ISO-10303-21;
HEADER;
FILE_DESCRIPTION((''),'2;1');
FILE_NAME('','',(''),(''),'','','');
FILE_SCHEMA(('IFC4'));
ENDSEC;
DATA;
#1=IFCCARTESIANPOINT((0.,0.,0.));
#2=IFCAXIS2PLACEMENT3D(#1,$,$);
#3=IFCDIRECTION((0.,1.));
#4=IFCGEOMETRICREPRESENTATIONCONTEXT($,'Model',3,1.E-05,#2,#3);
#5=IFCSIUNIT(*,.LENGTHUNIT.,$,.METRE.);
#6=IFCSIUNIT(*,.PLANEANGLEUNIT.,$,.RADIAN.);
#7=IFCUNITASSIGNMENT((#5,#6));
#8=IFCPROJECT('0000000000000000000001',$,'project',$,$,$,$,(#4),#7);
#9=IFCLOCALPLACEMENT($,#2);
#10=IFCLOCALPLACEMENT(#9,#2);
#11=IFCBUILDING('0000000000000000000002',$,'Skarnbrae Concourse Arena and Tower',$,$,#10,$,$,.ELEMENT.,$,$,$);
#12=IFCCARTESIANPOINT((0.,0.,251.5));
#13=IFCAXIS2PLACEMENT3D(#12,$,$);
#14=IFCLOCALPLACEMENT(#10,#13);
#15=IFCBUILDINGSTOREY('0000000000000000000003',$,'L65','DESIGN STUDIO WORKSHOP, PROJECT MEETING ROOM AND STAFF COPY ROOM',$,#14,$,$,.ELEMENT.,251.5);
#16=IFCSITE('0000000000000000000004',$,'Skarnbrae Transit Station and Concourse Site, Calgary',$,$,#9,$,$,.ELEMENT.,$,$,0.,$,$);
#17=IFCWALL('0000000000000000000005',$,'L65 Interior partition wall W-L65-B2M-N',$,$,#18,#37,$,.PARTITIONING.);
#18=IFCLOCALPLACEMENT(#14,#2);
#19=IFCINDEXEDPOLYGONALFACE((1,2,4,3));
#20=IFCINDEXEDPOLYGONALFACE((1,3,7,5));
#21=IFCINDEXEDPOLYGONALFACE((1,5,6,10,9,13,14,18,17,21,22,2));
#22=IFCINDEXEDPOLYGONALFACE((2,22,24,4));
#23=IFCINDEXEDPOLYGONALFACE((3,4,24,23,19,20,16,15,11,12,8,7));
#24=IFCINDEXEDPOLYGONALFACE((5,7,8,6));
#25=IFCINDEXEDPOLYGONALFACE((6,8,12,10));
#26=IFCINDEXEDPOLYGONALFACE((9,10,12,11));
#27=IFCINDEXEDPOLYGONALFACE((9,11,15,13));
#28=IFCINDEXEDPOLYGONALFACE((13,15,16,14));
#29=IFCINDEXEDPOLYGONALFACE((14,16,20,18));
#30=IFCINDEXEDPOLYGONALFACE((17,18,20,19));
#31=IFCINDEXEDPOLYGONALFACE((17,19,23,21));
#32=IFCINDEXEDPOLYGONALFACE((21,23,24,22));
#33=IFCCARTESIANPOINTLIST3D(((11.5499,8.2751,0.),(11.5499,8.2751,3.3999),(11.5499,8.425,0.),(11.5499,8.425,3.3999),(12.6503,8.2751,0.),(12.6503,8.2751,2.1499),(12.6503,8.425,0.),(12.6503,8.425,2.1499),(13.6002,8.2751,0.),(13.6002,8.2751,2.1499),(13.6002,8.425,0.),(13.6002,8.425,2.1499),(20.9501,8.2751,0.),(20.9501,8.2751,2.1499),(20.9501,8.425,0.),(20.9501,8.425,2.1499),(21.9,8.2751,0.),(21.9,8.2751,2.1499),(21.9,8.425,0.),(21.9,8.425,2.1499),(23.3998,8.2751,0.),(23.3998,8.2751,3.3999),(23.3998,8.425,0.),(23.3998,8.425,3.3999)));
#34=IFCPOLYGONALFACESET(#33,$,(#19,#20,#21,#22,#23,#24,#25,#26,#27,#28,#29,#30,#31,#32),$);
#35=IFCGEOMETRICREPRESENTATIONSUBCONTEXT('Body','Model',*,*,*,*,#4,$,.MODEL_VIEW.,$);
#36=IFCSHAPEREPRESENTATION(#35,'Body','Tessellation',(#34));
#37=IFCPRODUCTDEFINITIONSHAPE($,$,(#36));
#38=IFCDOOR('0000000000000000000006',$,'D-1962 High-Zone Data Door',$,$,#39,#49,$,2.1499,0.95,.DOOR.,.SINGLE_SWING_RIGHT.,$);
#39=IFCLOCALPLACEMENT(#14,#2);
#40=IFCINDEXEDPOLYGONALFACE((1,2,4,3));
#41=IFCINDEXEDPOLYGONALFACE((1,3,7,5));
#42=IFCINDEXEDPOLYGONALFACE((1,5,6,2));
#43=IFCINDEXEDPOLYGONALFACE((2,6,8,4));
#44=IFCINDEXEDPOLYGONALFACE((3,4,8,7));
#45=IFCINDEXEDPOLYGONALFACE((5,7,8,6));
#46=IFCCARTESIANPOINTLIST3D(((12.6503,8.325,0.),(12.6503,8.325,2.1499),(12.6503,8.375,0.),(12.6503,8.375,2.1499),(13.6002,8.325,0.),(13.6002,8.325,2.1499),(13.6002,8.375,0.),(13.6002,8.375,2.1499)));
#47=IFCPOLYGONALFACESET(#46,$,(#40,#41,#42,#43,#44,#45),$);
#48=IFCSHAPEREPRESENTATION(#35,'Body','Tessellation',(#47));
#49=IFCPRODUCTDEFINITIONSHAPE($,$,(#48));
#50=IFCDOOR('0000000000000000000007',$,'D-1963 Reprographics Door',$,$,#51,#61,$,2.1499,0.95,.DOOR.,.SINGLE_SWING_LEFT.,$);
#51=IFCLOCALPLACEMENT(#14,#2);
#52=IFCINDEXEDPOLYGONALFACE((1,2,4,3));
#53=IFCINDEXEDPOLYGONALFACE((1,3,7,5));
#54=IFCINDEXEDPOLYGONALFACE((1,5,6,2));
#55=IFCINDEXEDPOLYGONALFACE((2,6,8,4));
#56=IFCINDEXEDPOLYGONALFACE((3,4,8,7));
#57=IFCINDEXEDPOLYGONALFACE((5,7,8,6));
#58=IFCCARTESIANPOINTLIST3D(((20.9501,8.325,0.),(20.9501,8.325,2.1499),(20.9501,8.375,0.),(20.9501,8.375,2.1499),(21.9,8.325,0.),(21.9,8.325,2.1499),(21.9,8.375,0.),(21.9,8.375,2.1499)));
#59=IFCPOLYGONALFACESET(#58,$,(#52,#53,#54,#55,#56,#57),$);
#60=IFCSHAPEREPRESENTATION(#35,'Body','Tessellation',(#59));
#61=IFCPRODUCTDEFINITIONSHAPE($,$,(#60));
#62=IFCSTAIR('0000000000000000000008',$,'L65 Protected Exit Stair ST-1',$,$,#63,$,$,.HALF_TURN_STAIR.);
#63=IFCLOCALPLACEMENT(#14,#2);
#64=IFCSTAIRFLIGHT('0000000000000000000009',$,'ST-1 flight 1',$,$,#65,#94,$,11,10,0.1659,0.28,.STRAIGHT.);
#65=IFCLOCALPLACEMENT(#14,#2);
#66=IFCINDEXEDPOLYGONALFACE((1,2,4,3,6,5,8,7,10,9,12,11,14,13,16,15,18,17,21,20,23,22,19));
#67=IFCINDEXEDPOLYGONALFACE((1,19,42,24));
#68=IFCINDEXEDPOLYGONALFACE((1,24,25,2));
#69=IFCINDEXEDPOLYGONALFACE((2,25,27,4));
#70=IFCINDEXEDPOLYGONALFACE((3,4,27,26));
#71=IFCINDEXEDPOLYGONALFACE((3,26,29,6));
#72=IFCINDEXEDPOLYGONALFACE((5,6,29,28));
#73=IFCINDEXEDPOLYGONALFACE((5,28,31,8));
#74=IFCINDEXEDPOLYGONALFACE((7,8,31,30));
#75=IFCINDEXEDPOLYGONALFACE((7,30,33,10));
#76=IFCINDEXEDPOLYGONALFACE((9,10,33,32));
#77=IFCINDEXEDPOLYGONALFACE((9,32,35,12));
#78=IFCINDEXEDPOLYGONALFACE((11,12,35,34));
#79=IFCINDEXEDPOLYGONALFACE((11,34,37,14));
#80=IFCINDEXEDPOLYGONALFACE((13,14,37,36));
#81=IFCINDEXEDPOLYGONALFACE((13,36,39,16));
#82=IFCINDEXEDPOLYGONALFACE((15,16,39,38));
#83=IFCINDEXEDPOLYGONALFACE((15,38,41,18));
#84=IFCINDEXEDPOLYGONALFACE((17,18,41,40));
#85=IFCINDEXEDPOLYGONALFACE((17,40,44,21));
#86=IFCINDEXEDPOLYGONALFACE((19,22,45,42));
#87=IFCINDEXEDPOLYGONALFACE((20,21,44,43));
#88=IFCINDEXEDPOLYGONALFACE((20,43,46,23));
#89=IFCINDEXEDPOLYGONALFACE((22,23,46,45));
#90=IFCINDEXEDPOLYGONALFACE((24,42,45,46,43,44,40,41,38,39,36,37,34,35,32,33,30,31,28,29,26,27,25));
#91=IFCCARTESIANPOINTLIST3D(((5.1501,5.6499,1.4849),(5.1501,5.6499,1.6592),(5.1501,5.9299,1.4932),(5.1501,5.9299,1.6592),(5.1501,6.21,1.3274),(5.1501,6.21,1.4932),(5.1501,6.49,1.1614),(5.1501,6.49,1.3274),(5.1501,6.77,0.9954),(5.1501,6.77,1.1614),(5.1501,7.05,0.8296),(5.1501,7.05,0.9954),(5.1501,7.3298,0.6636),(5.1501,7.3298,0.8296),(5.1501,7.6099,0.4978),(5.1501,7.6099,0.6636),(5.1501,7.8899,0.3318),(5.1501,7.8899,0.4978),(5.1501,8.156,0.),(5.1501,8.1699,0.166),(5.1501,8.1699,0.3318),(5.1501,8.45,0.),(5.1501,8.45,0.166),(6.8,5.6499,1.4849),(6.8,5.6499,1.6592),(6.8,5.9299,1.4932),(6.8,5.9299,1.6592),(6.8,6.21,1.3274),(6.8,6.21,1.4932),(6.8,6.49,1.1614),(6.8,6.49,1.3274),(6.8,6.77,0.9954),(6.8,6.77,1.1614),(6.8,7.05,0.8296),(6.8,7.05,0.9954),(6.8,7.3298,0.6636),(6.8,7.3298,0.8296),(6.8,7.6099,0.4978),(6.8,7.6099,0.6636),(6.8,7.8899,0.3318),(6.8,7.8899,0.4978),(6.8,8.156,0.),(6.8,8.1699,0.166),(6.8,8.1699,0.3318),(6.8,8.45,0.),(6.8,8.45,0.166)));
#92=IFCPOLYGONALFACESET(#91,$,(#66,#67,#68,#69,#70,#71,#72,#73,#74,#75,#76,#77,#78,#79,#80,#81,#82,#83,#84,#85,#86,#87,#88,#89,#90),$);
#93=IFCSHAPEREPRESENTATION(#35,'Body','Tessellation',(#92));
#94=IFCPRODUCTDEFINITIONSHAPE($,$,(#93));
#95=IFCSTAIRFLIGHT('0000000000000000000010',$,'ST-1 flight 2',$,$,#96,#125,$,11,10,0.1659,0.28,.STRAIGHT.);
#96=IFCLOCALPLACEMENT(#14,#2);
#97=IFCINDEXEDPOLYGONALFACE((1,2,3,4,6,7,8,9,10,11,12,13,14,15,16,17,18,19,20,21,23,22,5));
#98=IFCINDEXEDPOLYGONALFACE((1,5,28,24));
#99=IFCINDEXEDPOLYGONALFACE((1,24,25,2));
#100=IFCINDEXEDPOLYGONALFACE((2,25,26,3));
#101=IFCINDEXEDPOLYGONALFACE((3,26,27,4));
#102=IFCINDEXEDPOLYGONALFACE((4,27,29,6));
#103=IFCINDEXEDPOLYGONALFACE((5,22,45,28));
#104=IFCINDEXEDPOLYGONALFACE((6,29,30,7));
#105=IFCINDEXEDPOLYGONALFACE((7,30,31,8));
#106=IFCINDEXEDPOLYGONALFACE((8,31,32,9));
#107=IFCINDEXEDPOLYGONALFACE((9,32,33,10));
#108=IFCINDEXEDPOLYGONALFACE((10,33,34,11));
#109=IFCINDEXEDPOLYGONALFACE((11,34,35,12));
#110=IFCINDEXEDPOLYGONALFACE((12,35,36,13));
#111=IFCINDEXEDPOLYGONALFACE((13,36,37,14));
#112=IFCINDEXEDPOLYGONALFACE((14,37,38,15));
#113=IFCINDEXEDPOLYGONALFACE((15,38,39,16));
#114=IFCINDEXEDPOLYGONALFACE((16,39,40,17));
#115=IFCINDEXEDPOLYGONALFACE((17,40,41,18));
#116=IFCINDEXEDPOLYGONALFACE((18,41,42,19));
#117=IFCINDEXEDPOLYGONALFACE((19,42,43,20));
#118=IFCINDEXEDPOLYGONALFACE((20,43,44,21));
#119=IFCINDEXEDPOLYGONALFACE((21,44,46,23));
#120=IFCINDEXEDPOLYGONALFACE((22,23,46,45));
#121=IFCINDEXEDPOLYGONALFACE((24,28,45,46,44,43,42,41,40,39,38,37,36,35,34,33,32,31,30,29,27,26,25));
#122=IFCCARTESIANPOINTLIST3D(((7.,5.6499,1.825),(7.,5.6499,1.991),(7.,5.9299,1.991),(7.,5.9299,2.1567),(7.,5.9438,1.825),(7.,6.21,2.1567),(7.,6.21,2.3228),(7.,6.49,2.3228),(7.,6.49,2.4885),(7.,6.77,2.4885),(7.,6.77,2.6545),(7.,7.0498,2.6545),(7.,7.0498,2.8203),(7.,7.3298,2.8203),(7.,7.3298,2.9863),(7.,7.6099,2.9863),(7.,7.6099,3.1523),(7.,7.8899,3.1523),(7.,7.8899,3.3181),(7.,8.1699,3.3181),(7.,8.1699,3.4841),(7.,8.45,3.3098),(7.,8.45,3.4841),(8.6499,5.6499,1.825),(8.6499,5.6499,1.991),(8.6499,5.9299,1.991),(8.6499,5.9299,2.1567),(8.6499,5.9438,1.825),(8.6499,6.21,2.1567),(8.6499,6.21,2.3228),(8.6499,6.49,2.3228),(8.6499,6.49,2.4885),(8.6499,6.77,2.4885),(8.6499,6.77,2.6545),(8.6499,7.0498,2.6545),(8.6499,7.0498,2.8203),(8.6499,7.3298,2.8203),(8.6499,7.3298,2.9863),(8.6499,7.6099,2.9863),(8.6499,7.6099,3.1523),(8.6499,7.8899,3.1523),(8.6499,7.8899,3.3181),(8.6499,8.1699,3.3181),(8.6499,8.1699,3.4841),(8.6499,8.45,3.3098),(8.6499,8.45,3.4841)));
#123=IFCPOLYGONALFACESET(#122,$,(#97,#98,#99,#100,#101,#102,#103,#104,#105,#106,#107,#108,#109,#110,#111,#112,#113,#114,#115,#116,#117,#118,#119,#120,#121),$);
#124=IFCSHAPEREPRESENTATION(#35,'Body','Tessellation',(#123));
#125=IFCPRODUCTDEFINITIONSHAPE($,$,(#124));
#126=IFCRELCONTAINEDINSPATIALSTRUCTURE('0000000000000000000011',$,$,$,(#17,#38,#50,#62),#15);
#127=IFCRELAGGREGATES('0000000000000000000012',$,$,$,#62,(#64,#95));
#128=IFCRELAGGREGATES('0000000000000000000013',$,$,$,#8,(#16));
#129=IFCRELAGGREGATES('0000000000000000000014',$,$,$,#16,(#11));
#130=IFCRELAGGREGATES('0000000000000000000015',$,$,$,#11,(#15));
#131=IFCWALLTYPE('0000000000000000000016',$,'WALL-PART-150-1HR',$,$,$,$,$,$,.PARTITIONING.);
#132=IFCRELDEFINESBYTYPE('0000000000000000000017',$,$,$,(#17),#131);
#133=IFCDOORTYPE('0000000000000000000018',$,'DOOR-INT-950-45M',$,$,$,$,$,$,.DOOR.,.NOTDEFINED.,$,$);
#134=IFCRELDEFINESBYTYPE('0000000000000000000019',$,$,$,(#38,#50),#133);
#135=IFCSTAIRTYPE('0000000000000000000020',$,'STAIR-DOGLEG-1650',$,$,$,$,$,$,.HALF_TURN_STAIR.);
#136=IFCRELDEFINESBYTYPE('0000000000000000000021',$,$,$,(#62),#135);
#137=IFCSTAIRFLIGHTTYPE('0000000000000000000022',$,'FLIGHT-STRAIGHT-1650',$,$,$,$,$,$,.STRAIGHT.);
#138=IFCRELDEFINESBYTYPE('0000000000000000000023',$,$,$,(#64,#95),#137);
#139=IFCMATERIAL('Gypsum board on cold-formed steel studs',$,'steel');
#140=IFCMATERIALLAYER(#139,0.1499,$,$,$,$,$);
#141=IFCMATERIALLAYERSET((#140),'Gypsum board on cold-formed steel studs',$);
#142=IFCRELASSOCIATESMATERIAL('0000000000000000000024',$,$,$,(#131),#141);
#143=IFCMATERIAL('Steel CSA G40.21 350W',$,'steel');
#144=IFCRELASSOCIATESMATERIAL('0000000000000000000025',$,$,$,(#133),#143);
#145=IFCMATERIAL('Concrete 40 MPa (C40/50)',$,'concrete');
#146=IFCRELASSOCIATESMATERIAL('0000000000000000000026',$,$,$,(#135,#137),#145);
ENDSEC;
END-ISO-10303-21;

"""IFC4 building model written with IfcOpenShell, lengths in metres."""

from ifc_helpers import new_model, si_unit, direction, frame, frame_2d, origin, place, context, subcontext, project, spatial, polyline, rectangle, outline, extrude, source, transform, mapped, material, layer, layer_set, type_object, element, fill, aggregate, save


model = new_model("IFC4")

# Units and contexts
model_context = context("Model", 3, precision=1e-05, world=origin(), true_north=direction((0.0, 1.0)))
body_context = subcontext(model_context, "Body", "Model", "MODEL_VIEW")
ifc_project = project(units=[si_unit("LENGTHUNIT", "METRE"), si_unit("PLANEANGLEUNIT", "RADIAN")], contexts=[model_context])

# Site, building, storey
site_placement = place(None, origin())
site = spatial("IfcSite", under=ifc_project, at=site_placement, Name="Skarnbrae Transit Station and Concourse Site, Calgary", CompositionType="ELEMENT", RefElevation=0.0)
building_placement = place(site_placement, origin())
building = spatial("IfcBuilding", under=site, at=building_placement, Name="Skarnbrae Concourse Arena and Tower", CompositionType="ELEMENT")
storey_placement = place(building_placement, frame((0.0, 0.0, 251.5)))
storey = spatial("IfcBuildingStorey", under=building, at=storey_placement, Name="L65", Description="DESIGN STUDIO WORKSHOP, PROJECT MEETING ROOM AND STAFF COPY ROOM", CompositionType="ELEMENT", Elevation=251.5)

# Shared definitions
ifc_material_1 = material(Name="Gypsum board on cold-formed steel studs", Category="steel")
ifc_material_2 = material(Name="Steel CSA G40.21 350W", Category="steel")

# Shared definitions
ifc_layer_1 = layer(ifc_material_1, 0.1499)
ifc_layer_set_1 = layer_set([ifc_layer_1], Name="Gypsum board on cold-formed steel studs")
wall_type_1 = type_object("IfcWallType", Name="WALL-PART-150-1HR", PredefinedType="PARTITIONING", material=ifc_layer_set_1)

# Shared definitions
door_type_1 = type_object("IfcDoorType", Name="DOOR-INT-950-45M", OperationType="NOTDEFINED", PredefinedType="DOOR", material=ifc_material_2)
shared_shape_1 = source(origin(), body_context, "Body", "SweptSolid", [
    extrude(rectangle(XDim=0.95, YDim=2.1499, at=frame_2d((0.4751, 1.075))), frame((0.0, 0.0249, 0.0), z_axis=(0.0, -1.0, 0.0), x_axis=(1.0, 0.0, 0.0)), (0.0, 0.0, 1.0), 0.05),
])

# Shared definitions
shared_shape_2 = source(origin(), body_context, "Body", "SweptSolid", [
    extrude(rectangle(XDim=11.8499, YDim=0.1499, at=frame_2d((5.9248, 0.0))), origin(), (0.0, 0.0, 1.0), 3.3999),
])

# Wall, openings, doors
wall_1_placement = place(storey_placement, frame((11.55, 8.3501, 0.0), z_axis=(0.0, 0.0, 1.0), x_axis=(1.0, 0.0, 0.0)))
wall_1 = element("IfcWall", 1, at=wall_1_placement, inside=storey, type_object=wall_type_1, Name="L65 Interior partition wall W-L65-B2M-N", PredefinedType="PARTITIONING", context=body_context, shape_type="MappedRepresentation", body=[
    mapped(shared_shape_2, transform((0.0, 0.0, 0.0))),
])
opening_1_placement = place(wall_1_placement, frame((1.1001, 0.0, 0.0)))
opening_1 = element("IfcOpeningElement", 2, at=opening_1_placement, cuts=wall_1, PredefinedType="OPENING", context=body_context, shape_type="SweptSolid", body=[
    extrude(rectangle(XDim=0.95, YDim=2.1499, at=frame_2d((0.4751, 1.075))), frame((0.0, 0.085, 0.0), z_axis=(0.0, -1.0, 0.0), x_axis=(1.0, 0.0, 0.0)), (0.0, 0.0, 1.0), 0.1699),
])
opening_2_placement = place(wall_1_placement, frame((9.3999, 0.0, 0.0)))
opening_2 = element("IfcOpeningElement", 3, at=opening_2_placement, cuts=wall_1, PredefinedType="OPENING", context=body_context, shape_type="SweptSolid", body=[
    extrude(rectangle(XDim=0.95, YDim=2.1499, at=frame_2d((0.4751, 1.075))), frame((0.0, 0.085, 0.0), z_axis=(0.0, -1.0, 0.0), x_axis=(1.0, 0.0, 0.0)), (0.0, 0.0, 1.0), 0.1699),
])
door_1_placement = place(opening_1_placement, origin())
door_1 = element("IfcDoor", 4, at=door_1_placement, inside=storey, type_object=door_type_1, Name="D-1962 High-Zone Data Door", OperationType="SINGLE_SWING_RIGHT", OverallHeight=2.1499, OverallWidth=0.95, PredefinedType="DOOR", context=body_context, shape_type="MappedRepresentation", body=[
    mapped(shared_shape_1, transform((0.0, 0.0, 0.0))),
])
fill(opening_1, door_1)
door_2_placement = place(opening_2_placement, origin())
door_2 = element("IfcDoor", 5, at=door_2_placement, inside=storey, type_object=door_type_1, Name="D-1963 Reprographics Door", OperationType="SINGLE_SWING_LEFT", OverallHeight=2.1499, OverallWidth=0.95, PredefinedType="DOOR", context=body_context, shape_type="MappedRepresentation", body=[
    mapped(shared_shape_1, transform((0.0, 0.0, 0.0))),
])
fill(opening_2, door_2)

# Stair, stair flights
ifc_material_3 = material(Name="Concrete 40 MPa (C40/50)", Category="concrete")
stair_type = type_object("IfcStairType", Name="STAIR-DOGLEG-1650", PredefinedType="HALF_TURN_STAIR", material=ifc_material_3)
stair_placement = place(storey_placement, origin())
stair = element("IfcStair", 6, at=stair_placement, inside=storey, type_object=stair_type, Name="L65 Protected Exit Stair ST-1", PredefinedType="HALF_TURN_STAIR")
stair_flight_type = type_object("IfcStairFlightType", Name="FLIGHT-STRAIGHT-1650", PredefinedType="STRAIGHT", material=ifc_material_3)
shared_shape_3 = source(origin(), body_context, "Body", "SweptSolid", [
    extrude(outline(polyline([(0.0, 0.0), (0.0, 0.166), (0.28, 0.166), (0.28, 0.3318), (0.5601, 0.3318), (0.5601, 0.4978), (0.8401, 0.4978), (0.8401, 0.6636), (1.1201, 0.6636), (1.1201, 0.8296), (1.3999, 0.8296), (1.3999, 0.9954), (1.6799, 0.9954), (1.6799, 1.1614), (1.96, 1.1614), (1.96, 1.3274), (2.24, 1.3274), (2.24, 1.4932), (2.52, 1.4932), (2.52, 1.6592), (2.8, 1.6592), (2.8, 1.825), (2.8, 1.4849), (0.2939, 0.0), (0.0, 0.0)])), frame((0.0, 0.825, 0.0), z_axis=(0.0, -1.0, 0.0), x_axis=(1.0, 0.0, 0.0)), (0.0, 0.0, 1.0), 1.6499),
])
stair_flight_1_placement = place(storey_placement, frame((5.9751, 8.45, 0.0), z_axis=(0.0, 0.0, 1.0), x_axis=(0.0, -1.0, 0.0)))
stair_flight_1 = element("IfcStairFlight", 7, at=stair_flight_1_placement, type_object=stair_flight_type, Name="ST-1 flight 1", NumberOfRisers=11, NumberOfTreads=10, PredefinedType="STRAIGHT", RiserHeight=0.1659, TreadLength=0.28, context=body_context, shape_type="MappedRepresentation", body=[
    mapped(shared_shape_3, transform((0.0, 0.0, 0.0))),
])
stair_flight_2_placement = place(storey_placement, frame((7.825, 5.6499, 1.825), z_axis=(0.0, 0.0, 1.0), x_axis=(0.0, 1.0, 0.0)))
stair_flight_2 = element("IfcStairFlight", 8, at=stair_flight_2_placement, type_object=stair_flight_type, Name="ST-1 flight 2", NumberOfRisers=11, NumberOfTreads=10, PredefinedType="STRAIGHT", RiserHeight=0.1659, TreadLength=0.28, context=body_context, shape_type="MappedRepresentation", body=[
    mapped(shared_shape_3, transform((0.0, 0.0, 0.0))),
])
aggregate(stair, [stair_flight_1, stair_flight_2])

save(model, "model.ifc")
